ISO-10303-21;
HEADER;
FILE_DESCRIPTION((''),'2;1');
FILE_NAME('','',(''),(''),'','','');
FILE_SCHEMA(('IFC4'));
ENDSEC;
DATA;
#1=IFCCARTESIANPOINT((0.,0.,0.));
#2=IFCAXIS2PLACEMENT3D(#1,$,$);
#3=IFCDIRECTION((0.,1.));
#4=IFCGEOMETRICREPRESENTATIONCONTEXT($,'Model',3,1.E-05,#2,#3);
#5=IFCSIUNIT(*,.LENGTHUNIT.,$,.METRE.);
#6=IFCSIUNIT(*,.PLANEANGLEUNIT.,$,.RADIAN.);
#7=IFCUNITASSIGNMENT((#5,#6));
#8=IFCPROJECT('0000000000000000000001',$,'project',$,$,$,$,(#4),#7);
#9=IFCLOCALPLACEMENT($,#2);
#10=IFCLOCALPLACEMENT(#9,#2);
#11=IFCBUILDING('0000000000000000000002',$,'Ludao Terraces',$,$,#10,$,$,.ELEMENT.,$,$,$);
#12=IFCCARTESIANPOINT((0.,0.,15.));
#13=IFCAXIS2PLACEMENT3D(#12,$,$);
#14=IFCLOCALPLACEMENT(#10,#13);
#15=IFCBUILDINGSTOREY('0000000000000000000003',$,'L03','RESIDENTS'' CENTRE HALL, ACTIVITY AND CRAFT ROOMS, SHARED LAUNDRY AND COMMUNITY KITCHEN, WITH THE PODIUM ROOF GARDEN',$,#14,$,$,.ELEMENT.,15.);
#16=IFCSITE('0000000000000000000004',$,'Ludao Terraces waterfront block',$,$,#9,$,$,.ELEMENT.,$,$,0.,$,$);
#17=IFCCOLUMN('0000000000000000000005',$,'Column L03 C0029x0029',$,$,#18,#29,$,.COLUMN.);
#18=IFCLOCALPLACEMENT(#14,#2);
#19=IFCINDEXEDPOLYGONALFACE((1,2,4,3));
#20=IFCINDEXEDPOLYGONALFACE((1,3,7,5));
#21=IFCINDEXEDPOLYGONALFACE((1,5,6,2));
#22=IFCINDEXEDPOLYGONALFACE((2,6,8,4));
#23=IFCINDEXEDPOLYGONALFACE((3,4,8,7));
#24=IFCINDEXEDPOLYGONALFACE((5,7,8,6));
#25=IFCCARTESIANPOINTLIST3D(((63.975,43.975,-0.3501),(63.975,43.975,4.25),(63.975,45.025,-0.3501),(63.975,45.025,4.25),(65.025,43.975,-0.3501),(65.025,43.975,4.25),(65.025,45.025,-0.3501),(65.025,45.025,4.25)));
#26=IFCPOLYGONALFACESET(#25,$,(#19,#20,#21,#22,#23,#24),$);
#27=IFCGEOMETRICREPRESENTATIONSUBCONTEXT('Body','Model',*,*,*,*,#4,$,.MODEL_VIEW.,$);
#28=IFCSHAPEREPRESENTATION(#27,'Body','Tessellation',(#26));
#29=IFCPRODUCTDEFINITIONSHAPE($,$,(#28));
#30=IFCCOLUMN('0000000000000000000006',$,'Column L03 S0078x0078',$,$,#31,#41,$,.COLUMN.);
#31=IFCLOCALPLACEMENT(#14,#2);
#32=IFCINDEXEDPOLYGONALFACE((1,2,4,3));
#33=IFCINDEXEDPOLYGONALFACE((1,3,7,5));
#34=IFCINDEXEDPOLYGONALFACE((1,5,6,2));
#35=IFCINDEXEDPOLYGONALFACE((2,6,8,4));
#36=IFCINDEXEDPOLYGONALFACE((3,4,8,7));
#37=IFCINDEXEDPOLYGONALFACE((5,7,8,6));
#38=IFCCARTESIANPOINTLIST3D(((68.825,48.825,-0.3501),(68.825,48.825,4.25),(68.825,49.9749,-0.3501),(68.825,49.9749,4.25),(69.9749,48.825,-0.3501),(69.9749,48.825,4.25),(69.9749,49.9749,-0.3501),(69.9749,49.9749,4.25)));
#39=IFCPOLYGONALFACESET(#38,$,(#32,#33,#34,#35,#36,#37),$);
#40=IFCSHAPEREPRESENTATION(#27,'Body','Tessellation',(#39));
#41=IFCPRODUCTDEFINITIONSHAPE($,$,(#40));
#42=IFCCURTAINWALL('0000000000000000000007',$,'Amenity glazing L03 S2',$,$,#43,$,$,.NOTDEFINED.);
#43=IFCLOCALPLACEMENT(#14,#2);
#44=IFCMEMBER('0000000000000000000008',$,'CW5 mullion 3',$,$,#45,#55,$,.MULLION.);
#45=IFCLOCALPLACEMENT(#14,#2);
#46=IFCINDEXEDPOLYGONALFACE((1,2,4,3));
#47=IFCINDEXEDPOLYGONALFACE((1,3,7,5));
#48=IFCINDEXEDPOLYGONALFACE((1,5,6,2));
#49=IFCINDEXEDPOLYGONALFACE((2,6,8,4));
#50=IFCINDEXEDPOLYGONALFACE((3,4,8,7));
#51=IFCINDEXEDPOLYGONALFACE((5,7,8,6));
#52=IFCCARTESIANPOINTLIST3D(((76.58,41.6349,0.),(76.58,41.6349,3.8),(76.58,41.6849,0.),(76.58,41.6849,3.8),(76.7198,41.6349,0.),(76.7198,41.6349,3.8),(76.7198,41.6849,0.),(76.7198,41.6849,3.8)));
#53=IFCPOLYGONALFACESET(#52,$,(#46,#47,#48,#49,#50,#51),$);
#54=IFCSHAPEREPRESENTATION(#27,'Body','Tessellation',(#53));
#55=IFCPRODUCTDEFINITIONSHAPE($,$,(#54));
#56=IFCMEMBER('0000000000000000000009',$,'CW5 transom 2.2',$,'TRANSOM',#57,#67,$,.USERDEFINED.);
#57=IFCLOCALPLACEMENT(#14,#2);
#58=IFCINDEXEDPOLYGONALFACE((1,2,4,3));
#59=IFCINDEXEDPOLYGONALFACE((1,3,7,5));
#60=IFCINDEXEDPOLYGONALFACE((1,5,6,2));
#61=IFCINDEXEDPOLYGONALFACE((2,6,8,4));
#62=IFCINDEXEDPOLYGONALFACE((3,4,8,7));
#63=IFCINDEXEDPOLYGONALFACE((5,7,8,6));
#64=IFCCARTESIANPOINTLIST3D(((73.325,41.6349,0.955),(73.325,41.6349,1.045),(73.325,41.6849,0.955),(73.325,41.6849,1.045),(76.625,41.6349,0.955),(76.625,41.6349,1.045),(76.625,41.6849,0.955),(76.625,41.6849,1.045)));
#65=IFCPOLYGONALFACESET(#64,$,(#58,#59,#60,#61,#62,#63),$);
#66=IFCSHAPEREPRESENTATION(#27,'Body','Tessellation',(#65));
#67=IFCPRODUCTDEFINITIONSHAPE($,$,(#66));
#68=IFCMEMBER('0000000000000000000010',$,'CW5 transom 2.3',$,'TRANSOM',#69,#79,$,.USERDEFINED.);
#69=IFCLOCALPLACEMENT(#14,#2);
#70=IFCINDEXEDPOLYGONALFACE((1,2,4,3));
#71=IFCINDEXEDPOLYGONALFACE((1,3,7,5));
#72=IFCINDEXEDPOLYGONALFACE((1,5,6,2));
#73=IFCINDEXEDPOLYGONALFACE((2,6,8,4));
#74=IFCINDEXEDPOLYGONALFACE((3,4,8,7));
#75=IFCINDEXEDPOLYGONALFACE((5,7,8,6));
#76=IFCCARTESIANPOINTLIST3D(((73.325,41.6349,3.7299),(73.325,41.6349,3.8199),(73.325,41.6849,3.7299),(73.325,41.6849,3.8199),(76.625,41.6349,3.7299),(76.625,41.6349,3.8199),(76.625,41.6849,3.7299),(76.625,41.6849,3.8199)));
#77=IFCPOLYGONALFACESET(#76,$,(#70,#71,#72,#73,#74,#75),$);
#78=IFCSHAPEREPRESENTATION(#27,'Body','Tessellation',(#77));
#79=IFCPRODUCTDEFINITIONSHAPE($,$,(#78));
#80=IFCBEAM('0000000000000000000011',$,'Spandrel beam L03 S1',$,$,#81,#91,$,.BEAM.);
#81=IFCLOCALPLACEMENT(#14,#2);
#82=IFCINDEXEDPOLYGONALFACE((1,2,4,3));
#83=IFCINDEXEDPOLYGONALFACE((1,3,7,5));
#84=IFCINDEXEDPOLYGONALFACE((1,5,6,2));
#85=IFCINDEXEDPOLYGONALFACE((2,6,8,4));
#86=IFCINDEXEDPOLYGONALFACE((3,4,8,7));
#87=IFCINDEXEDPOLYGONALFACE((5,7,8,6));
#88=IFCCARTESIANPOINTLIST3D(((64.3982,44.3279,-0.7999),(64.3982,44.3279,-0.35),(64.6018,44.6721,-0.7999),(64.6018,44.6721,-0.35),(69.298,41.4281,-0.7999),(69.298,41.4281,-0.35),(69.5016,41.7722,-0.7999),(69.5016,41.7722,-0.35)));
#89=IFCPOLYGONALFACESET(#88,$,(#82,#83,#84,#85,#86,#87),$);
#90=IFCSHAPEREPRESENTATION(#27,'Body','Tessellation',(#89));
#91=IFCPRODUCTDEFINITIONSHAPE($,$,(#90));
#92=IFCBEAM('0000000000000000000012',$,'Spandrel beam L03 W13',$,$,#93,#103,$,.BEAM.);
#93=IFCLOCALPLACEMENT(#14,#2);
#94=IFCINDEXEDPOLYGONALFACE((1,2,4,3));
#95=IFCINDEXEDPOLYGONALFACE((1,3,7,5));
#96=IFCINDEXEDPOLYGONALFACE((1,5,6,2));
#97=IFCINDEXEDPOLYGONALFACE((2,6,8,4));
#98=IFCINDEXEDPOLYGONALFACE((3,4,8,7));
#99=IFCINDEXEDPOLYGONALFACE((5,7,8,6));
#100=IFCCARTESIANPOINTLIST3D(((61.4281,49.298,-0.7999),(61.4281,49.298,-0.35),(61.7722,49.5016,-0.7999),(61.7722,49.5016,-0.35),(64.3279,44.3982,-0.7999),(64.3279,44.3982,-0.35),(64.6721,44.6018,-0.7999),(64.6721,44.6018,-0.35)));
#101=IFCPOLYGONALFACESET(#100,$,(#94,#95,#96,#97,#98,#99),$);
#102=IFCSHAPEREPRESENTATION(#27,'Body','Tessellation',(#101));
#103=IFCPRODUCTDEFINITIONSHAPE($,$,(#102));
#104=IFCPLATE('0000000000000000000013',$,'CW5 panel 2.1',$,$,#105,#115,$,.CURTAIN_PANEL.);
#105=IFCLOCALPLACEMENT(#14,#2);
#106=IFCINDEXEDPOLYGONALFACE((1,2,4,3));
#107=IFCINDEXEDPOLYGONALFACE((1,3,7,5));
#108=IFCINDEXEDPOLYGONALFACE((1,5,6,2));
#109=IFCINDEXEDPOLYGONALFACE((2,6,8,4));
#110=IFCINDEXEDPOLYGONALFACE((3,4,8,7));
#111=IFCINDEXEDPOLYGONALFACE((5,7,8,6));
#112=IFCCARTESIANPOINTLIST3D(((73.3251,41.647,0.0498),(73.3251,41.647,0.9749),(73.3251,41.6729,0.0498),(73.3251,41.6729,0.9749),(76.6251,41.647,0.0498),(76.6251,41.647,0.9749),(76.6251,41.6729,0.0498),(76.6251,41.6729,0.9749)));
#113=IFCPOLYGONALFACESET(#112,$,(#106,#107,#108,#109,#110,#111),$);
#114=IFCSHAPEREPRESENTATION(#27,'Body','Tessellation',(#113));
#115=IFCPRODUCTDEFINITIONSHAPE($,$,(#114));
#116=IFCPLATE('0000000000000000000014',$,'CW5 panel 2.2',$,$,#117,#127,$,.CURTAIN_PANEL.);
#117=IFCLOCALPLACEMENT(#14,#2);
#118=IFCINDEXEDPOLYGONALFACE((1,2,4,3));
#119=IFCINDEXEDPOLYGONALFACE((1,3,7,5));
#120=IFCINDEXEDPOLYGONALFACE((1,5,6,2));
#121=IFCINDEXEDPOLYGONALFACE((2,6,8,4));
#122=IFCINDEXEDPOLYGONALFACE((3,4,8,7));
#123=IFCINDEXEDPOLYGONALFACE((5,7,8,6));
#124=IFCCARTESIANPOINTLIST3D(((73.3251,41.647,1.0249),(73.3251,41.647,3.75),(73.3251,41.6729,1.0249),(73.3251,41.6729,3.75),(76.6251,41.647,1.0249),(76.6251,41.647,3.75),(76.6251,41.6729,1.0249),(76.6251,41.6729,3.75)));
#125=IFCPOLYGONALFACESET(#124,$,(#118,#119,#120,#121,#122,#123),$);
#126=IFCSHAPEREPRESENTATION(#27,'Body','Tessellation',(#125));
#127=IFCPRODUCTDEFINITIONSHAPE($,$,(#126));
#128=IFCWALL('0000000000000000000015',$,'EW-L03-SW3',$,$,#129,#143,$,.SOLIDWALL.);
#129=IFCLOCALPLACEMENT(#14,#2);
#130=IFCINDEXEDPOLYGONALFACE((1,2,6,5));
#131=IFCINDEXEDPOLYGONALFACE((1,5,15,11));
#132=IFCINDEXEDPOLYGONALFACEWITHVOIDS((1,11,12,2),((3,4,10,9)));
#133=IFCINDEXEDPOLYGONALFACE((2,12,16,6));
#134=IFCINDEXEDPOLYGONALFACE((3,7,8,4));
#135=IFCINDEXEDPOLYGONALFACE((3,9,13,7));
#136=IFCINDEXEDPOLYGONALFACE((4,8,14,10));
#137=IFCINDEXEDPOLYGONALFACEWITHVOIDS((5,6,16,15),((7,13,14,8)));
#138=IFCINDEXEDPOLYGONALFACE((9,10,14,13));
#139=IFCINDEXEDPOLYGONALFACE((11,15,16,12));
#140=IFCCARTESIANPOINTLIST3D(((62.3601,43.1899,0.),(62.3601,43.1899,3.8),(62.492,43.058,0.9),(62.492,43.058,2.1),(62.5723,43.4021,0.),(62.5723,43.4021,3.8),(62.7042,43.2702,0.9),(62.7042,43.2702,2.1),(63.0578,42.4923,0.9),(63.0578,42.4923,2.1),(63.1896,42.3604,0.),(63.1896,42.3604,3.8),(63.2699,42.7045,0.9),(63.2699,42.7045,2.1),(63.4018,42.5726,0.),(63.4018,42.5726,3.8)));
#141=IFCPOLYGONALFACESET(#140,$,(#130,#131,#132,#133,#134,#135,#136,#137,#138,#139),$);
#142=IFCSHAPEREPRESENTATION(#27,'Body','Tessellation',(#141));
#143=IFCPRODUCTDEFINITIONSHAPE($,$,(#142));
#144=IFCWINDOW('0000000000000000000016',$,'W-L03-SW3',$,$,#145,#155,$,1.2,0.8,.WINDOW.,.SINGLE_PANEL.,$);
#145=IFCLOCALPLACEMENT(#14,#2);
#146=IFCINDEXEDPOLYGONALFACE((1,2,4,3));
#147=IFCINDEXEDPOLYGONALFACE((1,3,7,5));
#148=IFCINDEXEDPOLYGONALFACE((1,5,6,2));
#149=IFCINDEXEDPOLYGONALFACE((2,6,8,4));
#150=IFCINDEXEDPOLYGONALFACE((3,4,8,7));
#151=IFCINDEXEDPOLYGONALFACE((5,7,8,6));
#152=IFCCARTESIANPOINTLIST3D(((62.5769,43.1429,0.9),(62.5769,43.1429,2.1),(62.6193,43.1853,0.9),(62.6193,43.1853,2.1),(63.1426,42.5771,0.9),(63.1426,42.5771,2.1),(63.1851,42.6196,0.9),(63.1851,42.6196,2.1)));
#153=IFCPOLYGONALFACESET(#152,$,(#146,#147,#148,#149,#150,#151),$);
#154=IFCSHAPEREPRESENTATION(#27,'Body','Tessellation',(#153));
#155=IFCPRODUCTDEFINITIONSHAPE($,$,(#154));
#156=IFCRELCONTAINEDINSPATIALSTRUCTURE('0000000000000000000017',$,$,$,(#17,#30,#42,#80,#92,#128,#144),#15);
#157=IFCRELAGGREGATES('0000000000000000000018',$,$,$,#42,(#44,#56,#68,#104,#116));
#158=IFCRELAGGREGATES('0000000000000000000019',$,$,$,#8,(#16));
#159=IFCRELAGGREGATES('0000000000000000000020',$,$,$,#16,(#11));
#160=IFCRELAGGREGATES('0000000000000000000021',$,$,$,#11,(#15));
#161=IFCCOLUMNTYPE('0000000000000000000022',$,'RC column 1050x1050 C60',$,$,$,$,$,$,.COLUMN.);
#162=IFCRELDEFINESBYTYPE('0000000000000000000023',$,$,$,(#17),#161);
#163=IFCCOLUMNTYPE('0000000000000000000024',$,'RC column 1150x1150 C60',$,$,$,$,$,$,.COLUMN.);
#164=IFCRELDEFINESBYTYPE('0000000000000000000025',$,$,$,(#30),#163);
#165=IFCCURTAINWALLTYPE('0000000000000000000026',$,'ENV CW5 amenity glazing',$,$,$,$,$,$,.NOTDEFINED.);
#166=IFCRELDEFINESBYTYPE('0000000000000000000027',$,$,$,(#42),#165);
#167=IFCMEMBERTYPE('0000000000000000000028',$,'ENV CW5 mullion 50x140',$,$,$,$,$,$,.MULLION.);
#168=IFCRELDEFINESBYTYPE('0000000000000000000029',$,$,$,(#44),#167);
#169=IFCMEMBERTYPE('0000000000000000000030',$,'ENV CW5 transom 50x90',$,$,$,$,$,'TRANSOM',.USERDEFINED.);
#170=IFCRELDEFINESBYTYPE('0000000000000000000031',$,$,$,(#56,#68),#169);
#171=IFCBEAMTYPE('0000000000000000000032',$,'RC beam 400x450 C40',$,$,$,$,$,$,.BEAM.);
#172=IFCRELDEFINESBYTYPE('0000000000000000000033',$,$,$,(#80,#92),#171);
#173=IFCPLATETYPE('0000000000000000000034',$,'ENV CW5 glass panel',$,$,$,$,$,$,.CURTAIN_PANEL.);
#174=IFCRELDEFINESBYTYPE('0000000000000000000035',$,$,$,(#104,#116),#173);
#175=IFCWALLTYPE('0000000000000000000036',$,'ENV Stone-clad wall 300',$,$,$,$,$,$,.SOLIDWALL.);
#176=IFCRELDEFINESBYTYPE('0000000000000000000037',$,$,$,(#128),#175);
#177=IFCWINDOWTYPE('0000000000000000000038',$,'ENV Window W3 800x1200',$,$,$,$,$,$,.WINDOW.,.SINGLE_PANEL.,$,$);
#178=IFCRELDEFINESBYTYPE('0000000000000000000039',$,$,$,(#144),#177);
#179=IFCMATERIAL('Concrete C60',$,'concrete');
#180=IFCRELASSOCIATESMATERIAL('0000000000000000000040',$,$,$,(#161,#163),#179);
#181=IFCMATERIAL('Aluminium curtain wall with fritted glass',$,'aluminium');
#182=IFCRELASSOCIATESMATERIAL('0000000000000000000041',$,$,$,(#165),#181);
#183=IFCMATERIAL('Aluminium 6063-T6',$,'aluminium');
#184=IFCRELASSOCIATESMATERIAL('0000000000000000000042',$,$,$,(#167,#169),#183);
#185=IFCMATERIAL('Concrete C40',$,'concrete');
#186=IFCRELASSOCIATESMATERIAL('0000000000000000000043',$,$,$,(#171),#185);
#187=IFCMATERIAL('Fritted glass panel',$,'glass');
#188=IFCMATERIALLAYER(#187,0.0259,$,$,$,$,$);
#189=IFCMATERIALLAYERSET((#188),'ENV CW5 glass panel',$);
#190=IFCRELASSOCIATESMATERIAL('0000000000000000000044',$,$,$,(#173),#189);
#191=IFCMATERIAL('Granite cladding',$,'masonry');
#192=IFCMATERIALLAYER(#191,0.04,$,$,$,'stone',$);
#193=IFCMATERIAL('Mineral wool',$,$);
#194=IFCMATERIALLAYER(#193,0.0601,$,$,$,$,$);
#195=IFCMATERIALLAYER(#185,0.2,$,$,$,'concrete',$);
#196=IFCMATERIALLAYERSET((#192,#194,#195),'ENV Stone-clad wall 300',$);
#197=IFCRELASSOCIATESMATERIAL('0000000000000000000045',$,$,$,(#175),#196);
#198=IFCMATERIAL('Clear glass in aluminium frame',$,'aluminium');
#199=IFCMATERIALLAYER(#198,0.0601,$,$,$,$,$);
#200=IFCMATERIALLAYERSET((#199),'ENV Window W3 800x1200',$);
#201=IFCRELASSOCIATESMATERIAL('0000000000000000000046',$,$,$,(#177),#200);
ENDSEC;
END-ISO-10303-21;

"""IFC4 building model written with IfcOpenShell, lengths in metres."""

from ifc_helpers import new_model, si_unit, direction, frame, frame_2d, origin, origin_2d, place, context, subcontext, project, spatial, rectangle, extrude, material, layer, layer_set, material_profile, profile_set, type_object, element, fill, aggregate, save


model = new_model("IFC4")

# Units and contexts
model_context = context("Model", 3, precision=1e-05, world=origin(), true_north=direction((0.0, 1.0)))
body_context = subcontext(model_context, "Body", "Model", "MODEL_VIEW")
ifc_project = project(units=[si_unit("LENGTHUNIT", "METRE"), si_unit("PLANEANGLEUNIT", "RADIAN")], contexts=[model_context])

# Site, building, storey
site_placement = place(None, origin())
site = spatial("IfcSite", under=ifc_project, at=site_placement, Name="Ludao Terraces waterfront block", CompositionType="ELEMENT", RefElevation=0.0)
building_placement = place(site_placement, origin())
building = spatial("IfcBuilding", under=site, at=building_placement, Name="Ludao Terraces", CompositionType="ELEMENT")
storey_placement = place(building_placement, frame((0.0, 0.0, 15.0)))
storey = spatial("IfcBuildingStorey", under=building, at=storey_placement, Name="L03", Description="RESIDENTS' CENTRE HALL, ACTIVITY AND CRAFT ROOMS, SHARED LAUNDRY AND COMMUNITY KITCHEN, WITH THE PODIUM ROOF GARDEN", CompositionType="ELEMENT", Elevation=15.0)

# Columns
ifc_material_1 = material(Name="Concrete C60", Category="concrete")
ifc_material_profile_1 = material_profile(ifc_material_1, rectangle(XDim=1.05, YDim=1.05, at=origin_2d()), Name="1050 X 1050")
ifc_profile_set_1 = profile_set([ifc_material_profile_1], Name="Concrete C60")
column_type_1 = type_object("IfcColumnType", Name="RC column 1050x1050 C60", PredefinedType="COLUMN", material=ifc_profile_set_1)
column_1_placement = place(storey_placement, frame((64.5, 44.5, -0.3501), z_axis=(0.0, 0.0, 1.0), x_axis=(1.0, 0.0, 0.0)))
element("IfcColumn", 1, at=column_1_placement, inside=storey, type_object=column_type_1, Name="Column L03 C0029x0029", PredefinedType="COLUMN", context=body_context, shape_type="SweptSolid", body=[
    extrude(rectangle(XDim=1.05, YDim=1.05, at=origin_2d()), origin(), (0.0, 0.0, 1.0), 4.6001),
])
ifc_material_profile_2 = material_profile(ifc_material_1, rectangle(XDim=1.1499, YDim=1.1499, at=origin_2d()), Name="1150 X 1150")
ifc_profile_set_2 = profile_set([ifc_material_profile_2], Name="Concrete C60")
column_type_2 = type_object("IfcColumnType", Name="RC column 1150x1150 C60", PredefinedType="COLUMN", material=ifc_profile_set_2)
column_2_placement = place(storey_placement, frame((69.3999, 49.3999, -0.3501), z_axis=(0.0, 0.0, 1.0), x_axis=(1.0, 0.0, 0.0)))
element("IfcColumn", 2, at=column_2_placement, inside=storey, type_object=column_type_2, Name="Column L03 S0078x0078", PredefinedType="COLUMN", context=body_context, shape_type="SweptSolid", body=[
    extrude(rectangle(XDim=1.1499, YDim=1.1499, at=origin_2d()), origin(), (0.0, 0.0, 1.0), 4.6001),
])

# Curtain wall, members
ifc_material_2 = material(Name="Aluminium curtain wall with fritted glass", Category="aluminium")
curtain_wall_type = type_object("IfcCurtainWallType", Name="ENV CW5 amenity glazing", PredefinedType="NOTDEFINED", material=ifc_material_2)
curtain_wall_placement = place(storey_placement, origin())
curtain_wall = element("IfcCurtainWall", 3, at=curtain_wall_placement, inside=storey, type_object=curtain_wall_type, Name="Amenity glazing L03 S2", PredefinedType="NOTDEFINED")
ifc_material_3 = material(Name="Aluminium 6063-T6", Category="aluminium")
ifc_material_profile_3 = material_profile(ifc_material_3, rectangle(XDim=0.05, YDim=0.1399, at=origin_2d()), Name="50 X 140")
ifc_profile_set_3 = profile_set([ifc_material_profile_3], Name="Aluminium 6063-T6")
member_type_1 = type_object("IfcMemberType", Name="ENV CW5 mullion 50x140", PredefinedType="MULLION", material=ifc_profile_set_3)
member_1_placement = place(storey_placement, frame((76.6499, 41.6599, 0.0), z_axis=(0.0, 0.0, 1.0), x_axis=(0.0, 1.0, 0.0)))
member_1 = element("IfcMember", 4, at=member_1_placement, type_object=member_type_1, Name="CW5 mullion 3", PredefinedType="MULLION", context=body_context, shape_type="SweptSolid", body=[
    extrude(rectangle(XDim=0.05, YDim=0.1399, at=origin_2d()), origin(), (0.0, 0.0, 1.0), 3.8),
])
ifc_material_profile_4 = material_profile(ifc_material_3, rectangle(XDim=0.05, YDim=0.0901, at=origin_2d()), Name="50 X 90")
ifc_profile_set_4 = profile_set([ifc_material_profile_4], Name="Aluminium 6063-T6")
member_type_2 = type_object("IfcMemberType", Name="ENV CW5 transom 50x90", ElementType="TRANSOM", PredefinedType="USERDEFINED", material=ifc_profile_set_4)
member_2_placement = place(storey_placement, frame((73.325, 41.6599, 1.0), z_axis=(1.0, 0.0, 0.0), x_axis=(0.0, 1.0, 0.0)))
member_2 = element("IfcMember", 5, at=member_2_placement, type_object=member_type_2, Name="CW5 transom 2.2", ObjectType="TRANSOM", PredefinedType="USERDEFINED", context=body_context, shape_type="SweptSolid", body=[
    extrude(rectangle(XDim=0.05, YDim=0.0901, at=origin_2d()), origin(), (0.0, 0.0, 1.0), 3.3),
])
member_3_placement = place(storey_placement, frame((73.325, 41.6599, 3.7749), z_axis=(1.0, 0.0, 0.0), x_axis=(0.0, 1.0, 0.0)))
member_3 = element("IfcMember", 6, at=member_3_placement, type_object=member_type_2, Name="CW5 transom 2.3", ObjectType="TRANSOM", PredefinedType="USERDEFINED", context=body_context, shape_type="SweptSolid", body=[
    extrude(rectangle(XDim=0.05, YDim=0.0901, at=origin_2d()), origin(), (0.0, 0.0, 1.0), 3.3),
])

# Beams
ifc_material_4 = material(Name="Concrete C40", Category="concrete")
ifc_material_profile_5 = material_profile(ifc_material_4, rectangle(XDim=0.3999, YDim=0.45, at=origin_2d()), Name="400 X 450")
ifc_profile_set_5 = profile_set([ifc_material_profile_5], Name="Concrete C40")
beam_type = type_object("IfcBeamType", Name="RC beam 400x450 C40", PredefinedType="BEAM", material=ifc_profile_set_5)
for number, where, z_axis, x_axis, name in (
    (7, (64.5, 44.5, -0.575), (0.86058, -0.509316, 0.0), (0.509316, 0.86058, 0.0), "Spandrel beam L03 S1"),
    (8, (64.5, 44.5, -0.575), (-0.509316, 0.86058, 0.0), (-0.86058, -0.509316, 0.0), "Spandrel beam L03 W13"),
):
    element("IfcBeam", number, at=place(storey_placement, frame(where, z_axis=z_axis, x_axis=x_axis)), inside=storey, type_object=beam_type, Name=name, PredefinedType="BEAM", context=body_context, shape_type="SweptSolid", body=[
        extrude(rectangle(XDim=0.3999, YDim=0.45, at=origin_2d()), origin(), (0.0, 0.0, 1.0), 5.6936),
    ])

# Plates
ifc_material_5 = material(Name="Fritted glass panel", Category="glass")
ifc_layer_1 = layer(ifc_material_5, 0.0259)
ifc_layer_set_1 = layer_set([ifc_layer_1], Name="ENV CW5 glass panel")
plate_type = type_object("IfcPlateType", Name="ENV CW5 glass panel", PredefinedType="CURTAIN_PANEL", material=ifc_layer_set_1)
plate_1_placement = place(storey_placement, frame((74.9751, 41.6599, 0.0498), z_axis=(0.0, 0.0, 1.0), x_axis=(1.0, 0.0, 0.0)))
plate_1 = element("IfcPlate", 9, at=plate_1_placement, type_object=plate_type, Name="CW5 panel 2.1", PredefinedType="CURTAIN_PANEL", context=body_context, shape_type="SweptSolid", body=[
    extrude(rectangle(XDim=3.3, YDim=0.0259, at=origin_2d()), origin(), (0.0, 0.0, 1.0), 0.925),
])
plate_2_placement = place(storey_placement, frame((74.9751, 41.6599, 1.0249), z_axis=(0.0, 0.0, 1.0), x_axis=(1.0, 0.0, 0.0)))
plate_2 = element("IfcPlate", 10, at=plate_2_placement, type_object=plate_type, Name="CW5 panel 2.2", PredefinedType="CURTAIN_PANEL", context=body_context, shape_type="SweptSolid", body=[
    extrude(rectangle(XDim=3.3, YDim=0.0259, at=origin_2d()), origin(), (0.0, 0.0, 1.0), 2.7251),
])
aggregate(curtain_wall, [member_1, member_2, member_3, plate_1, plate_2])

# Shared definitions
ifc_material_6 = material(Name="Granite cladding", Category="masonry")
ifc_layer_2 = layer(ifc_material_6, 0.04, Category="stone")
ifc_material_7 = material(Name="Mineral wool")
ifc_layer_3 = layer(ifc_material_7, 0.0601)
ifc_layer_4 = layer(ifc_material_4, 0.2, Category="concrete")
ifc_layer_set_2 = layer_set([ifc_layer_2, ifc_layer_3, ifc_layer_4], Name="ENV Stone-clad wall 300")
wall_type_1 = type_object("IfcWallType", Name="ENV Stone-clad wall 300", PredefinedType="SOLIDWALL", material=ifc_layer_set_2)
ifc_material_8 = material(Name="Clear glass in aluminium frame", Category="aluminium")

# Wall, opening, window
wall_1_placement = place(storey_placement, frame((62.4663, 43.2959, 0.0), z_axis=(0.0, 0.0, 1.0), x_axis=(0.707107, -0.707107, 0.0)))
wall_1 = element("IfcWall", 11, at=wall_1_placement, inside=storey, type_object=wall_type_1, Name="EW-L03-SW3", PredefinedType="SOLIDWALL", context=body_context, shape_type="SweptSolid", body=[
    extrude(rectangle(XDim=1.1731, YDim=0.3, at=frame_2d((0.5864, 0.0))), origin(), (0.0, 0.0, 1.0), 3.8),
])
opening_1_placement = place(wall_1_placement, frame((0.1865, 0.0, 0.8999)))
opening_1 = element("IfcOpeningElement", 12, at=opening_1_placement, cuts=wall_1, PredefinedType="OPENING", context=body_context, shape_type="SweptSolid", body=[
    extrude(rectangle(XDim=0.8, YDim=1.2, at=frame_2d((0.3999, 0.6001))), frame((0.0, 0.1602, 0.0), z_axis=(0.0, -1.0, 0.0), x_axis=(1.0, 0.0, 0.0)), (0.0, 0.0, 1.0), 0.3201),
])
ifc_layer_5 = layer(ifc_material_8, 0.0601)
ifc_layer_set_3 = layer_set([ifc_layer_5], Name="ENV Window W3 800x1200")
window_type_1 = type_object("IfcWindowType", Name="ENV Window W3 800x1200", PartitioningType="SINGLE_PANEL", PredefinedType="WINDOW", material=ifc_layer_set_3)
window_1_placement = place(opening_1_placement, origin())
window_1 = element("IfcWindow", 13, at=window_1_placement, inside=storey, type_object=window_type_1, Name="W-L03-SW3", OverallHeight=1.2, OverallWidth=0.8, PartitioningType="SINGLE_PANEL", PredefinedType="WINDOW", context=body_context, shape_type="SweptSolid", body=[
    extrude(rectangle(XDim=0.8, YDim=1.2, at=frame_2d((0.3999, 0.6001))), frame((0.0, 0.03, 0.0), z_axis=(0.0, -1.0, 0.0), x_axis=(1.0, 0.0, 0.0)), (0.0, 0.0, 1.0), 0.0601),
])
fill(opening_1, window_1)

save(model, "model.ifc")
